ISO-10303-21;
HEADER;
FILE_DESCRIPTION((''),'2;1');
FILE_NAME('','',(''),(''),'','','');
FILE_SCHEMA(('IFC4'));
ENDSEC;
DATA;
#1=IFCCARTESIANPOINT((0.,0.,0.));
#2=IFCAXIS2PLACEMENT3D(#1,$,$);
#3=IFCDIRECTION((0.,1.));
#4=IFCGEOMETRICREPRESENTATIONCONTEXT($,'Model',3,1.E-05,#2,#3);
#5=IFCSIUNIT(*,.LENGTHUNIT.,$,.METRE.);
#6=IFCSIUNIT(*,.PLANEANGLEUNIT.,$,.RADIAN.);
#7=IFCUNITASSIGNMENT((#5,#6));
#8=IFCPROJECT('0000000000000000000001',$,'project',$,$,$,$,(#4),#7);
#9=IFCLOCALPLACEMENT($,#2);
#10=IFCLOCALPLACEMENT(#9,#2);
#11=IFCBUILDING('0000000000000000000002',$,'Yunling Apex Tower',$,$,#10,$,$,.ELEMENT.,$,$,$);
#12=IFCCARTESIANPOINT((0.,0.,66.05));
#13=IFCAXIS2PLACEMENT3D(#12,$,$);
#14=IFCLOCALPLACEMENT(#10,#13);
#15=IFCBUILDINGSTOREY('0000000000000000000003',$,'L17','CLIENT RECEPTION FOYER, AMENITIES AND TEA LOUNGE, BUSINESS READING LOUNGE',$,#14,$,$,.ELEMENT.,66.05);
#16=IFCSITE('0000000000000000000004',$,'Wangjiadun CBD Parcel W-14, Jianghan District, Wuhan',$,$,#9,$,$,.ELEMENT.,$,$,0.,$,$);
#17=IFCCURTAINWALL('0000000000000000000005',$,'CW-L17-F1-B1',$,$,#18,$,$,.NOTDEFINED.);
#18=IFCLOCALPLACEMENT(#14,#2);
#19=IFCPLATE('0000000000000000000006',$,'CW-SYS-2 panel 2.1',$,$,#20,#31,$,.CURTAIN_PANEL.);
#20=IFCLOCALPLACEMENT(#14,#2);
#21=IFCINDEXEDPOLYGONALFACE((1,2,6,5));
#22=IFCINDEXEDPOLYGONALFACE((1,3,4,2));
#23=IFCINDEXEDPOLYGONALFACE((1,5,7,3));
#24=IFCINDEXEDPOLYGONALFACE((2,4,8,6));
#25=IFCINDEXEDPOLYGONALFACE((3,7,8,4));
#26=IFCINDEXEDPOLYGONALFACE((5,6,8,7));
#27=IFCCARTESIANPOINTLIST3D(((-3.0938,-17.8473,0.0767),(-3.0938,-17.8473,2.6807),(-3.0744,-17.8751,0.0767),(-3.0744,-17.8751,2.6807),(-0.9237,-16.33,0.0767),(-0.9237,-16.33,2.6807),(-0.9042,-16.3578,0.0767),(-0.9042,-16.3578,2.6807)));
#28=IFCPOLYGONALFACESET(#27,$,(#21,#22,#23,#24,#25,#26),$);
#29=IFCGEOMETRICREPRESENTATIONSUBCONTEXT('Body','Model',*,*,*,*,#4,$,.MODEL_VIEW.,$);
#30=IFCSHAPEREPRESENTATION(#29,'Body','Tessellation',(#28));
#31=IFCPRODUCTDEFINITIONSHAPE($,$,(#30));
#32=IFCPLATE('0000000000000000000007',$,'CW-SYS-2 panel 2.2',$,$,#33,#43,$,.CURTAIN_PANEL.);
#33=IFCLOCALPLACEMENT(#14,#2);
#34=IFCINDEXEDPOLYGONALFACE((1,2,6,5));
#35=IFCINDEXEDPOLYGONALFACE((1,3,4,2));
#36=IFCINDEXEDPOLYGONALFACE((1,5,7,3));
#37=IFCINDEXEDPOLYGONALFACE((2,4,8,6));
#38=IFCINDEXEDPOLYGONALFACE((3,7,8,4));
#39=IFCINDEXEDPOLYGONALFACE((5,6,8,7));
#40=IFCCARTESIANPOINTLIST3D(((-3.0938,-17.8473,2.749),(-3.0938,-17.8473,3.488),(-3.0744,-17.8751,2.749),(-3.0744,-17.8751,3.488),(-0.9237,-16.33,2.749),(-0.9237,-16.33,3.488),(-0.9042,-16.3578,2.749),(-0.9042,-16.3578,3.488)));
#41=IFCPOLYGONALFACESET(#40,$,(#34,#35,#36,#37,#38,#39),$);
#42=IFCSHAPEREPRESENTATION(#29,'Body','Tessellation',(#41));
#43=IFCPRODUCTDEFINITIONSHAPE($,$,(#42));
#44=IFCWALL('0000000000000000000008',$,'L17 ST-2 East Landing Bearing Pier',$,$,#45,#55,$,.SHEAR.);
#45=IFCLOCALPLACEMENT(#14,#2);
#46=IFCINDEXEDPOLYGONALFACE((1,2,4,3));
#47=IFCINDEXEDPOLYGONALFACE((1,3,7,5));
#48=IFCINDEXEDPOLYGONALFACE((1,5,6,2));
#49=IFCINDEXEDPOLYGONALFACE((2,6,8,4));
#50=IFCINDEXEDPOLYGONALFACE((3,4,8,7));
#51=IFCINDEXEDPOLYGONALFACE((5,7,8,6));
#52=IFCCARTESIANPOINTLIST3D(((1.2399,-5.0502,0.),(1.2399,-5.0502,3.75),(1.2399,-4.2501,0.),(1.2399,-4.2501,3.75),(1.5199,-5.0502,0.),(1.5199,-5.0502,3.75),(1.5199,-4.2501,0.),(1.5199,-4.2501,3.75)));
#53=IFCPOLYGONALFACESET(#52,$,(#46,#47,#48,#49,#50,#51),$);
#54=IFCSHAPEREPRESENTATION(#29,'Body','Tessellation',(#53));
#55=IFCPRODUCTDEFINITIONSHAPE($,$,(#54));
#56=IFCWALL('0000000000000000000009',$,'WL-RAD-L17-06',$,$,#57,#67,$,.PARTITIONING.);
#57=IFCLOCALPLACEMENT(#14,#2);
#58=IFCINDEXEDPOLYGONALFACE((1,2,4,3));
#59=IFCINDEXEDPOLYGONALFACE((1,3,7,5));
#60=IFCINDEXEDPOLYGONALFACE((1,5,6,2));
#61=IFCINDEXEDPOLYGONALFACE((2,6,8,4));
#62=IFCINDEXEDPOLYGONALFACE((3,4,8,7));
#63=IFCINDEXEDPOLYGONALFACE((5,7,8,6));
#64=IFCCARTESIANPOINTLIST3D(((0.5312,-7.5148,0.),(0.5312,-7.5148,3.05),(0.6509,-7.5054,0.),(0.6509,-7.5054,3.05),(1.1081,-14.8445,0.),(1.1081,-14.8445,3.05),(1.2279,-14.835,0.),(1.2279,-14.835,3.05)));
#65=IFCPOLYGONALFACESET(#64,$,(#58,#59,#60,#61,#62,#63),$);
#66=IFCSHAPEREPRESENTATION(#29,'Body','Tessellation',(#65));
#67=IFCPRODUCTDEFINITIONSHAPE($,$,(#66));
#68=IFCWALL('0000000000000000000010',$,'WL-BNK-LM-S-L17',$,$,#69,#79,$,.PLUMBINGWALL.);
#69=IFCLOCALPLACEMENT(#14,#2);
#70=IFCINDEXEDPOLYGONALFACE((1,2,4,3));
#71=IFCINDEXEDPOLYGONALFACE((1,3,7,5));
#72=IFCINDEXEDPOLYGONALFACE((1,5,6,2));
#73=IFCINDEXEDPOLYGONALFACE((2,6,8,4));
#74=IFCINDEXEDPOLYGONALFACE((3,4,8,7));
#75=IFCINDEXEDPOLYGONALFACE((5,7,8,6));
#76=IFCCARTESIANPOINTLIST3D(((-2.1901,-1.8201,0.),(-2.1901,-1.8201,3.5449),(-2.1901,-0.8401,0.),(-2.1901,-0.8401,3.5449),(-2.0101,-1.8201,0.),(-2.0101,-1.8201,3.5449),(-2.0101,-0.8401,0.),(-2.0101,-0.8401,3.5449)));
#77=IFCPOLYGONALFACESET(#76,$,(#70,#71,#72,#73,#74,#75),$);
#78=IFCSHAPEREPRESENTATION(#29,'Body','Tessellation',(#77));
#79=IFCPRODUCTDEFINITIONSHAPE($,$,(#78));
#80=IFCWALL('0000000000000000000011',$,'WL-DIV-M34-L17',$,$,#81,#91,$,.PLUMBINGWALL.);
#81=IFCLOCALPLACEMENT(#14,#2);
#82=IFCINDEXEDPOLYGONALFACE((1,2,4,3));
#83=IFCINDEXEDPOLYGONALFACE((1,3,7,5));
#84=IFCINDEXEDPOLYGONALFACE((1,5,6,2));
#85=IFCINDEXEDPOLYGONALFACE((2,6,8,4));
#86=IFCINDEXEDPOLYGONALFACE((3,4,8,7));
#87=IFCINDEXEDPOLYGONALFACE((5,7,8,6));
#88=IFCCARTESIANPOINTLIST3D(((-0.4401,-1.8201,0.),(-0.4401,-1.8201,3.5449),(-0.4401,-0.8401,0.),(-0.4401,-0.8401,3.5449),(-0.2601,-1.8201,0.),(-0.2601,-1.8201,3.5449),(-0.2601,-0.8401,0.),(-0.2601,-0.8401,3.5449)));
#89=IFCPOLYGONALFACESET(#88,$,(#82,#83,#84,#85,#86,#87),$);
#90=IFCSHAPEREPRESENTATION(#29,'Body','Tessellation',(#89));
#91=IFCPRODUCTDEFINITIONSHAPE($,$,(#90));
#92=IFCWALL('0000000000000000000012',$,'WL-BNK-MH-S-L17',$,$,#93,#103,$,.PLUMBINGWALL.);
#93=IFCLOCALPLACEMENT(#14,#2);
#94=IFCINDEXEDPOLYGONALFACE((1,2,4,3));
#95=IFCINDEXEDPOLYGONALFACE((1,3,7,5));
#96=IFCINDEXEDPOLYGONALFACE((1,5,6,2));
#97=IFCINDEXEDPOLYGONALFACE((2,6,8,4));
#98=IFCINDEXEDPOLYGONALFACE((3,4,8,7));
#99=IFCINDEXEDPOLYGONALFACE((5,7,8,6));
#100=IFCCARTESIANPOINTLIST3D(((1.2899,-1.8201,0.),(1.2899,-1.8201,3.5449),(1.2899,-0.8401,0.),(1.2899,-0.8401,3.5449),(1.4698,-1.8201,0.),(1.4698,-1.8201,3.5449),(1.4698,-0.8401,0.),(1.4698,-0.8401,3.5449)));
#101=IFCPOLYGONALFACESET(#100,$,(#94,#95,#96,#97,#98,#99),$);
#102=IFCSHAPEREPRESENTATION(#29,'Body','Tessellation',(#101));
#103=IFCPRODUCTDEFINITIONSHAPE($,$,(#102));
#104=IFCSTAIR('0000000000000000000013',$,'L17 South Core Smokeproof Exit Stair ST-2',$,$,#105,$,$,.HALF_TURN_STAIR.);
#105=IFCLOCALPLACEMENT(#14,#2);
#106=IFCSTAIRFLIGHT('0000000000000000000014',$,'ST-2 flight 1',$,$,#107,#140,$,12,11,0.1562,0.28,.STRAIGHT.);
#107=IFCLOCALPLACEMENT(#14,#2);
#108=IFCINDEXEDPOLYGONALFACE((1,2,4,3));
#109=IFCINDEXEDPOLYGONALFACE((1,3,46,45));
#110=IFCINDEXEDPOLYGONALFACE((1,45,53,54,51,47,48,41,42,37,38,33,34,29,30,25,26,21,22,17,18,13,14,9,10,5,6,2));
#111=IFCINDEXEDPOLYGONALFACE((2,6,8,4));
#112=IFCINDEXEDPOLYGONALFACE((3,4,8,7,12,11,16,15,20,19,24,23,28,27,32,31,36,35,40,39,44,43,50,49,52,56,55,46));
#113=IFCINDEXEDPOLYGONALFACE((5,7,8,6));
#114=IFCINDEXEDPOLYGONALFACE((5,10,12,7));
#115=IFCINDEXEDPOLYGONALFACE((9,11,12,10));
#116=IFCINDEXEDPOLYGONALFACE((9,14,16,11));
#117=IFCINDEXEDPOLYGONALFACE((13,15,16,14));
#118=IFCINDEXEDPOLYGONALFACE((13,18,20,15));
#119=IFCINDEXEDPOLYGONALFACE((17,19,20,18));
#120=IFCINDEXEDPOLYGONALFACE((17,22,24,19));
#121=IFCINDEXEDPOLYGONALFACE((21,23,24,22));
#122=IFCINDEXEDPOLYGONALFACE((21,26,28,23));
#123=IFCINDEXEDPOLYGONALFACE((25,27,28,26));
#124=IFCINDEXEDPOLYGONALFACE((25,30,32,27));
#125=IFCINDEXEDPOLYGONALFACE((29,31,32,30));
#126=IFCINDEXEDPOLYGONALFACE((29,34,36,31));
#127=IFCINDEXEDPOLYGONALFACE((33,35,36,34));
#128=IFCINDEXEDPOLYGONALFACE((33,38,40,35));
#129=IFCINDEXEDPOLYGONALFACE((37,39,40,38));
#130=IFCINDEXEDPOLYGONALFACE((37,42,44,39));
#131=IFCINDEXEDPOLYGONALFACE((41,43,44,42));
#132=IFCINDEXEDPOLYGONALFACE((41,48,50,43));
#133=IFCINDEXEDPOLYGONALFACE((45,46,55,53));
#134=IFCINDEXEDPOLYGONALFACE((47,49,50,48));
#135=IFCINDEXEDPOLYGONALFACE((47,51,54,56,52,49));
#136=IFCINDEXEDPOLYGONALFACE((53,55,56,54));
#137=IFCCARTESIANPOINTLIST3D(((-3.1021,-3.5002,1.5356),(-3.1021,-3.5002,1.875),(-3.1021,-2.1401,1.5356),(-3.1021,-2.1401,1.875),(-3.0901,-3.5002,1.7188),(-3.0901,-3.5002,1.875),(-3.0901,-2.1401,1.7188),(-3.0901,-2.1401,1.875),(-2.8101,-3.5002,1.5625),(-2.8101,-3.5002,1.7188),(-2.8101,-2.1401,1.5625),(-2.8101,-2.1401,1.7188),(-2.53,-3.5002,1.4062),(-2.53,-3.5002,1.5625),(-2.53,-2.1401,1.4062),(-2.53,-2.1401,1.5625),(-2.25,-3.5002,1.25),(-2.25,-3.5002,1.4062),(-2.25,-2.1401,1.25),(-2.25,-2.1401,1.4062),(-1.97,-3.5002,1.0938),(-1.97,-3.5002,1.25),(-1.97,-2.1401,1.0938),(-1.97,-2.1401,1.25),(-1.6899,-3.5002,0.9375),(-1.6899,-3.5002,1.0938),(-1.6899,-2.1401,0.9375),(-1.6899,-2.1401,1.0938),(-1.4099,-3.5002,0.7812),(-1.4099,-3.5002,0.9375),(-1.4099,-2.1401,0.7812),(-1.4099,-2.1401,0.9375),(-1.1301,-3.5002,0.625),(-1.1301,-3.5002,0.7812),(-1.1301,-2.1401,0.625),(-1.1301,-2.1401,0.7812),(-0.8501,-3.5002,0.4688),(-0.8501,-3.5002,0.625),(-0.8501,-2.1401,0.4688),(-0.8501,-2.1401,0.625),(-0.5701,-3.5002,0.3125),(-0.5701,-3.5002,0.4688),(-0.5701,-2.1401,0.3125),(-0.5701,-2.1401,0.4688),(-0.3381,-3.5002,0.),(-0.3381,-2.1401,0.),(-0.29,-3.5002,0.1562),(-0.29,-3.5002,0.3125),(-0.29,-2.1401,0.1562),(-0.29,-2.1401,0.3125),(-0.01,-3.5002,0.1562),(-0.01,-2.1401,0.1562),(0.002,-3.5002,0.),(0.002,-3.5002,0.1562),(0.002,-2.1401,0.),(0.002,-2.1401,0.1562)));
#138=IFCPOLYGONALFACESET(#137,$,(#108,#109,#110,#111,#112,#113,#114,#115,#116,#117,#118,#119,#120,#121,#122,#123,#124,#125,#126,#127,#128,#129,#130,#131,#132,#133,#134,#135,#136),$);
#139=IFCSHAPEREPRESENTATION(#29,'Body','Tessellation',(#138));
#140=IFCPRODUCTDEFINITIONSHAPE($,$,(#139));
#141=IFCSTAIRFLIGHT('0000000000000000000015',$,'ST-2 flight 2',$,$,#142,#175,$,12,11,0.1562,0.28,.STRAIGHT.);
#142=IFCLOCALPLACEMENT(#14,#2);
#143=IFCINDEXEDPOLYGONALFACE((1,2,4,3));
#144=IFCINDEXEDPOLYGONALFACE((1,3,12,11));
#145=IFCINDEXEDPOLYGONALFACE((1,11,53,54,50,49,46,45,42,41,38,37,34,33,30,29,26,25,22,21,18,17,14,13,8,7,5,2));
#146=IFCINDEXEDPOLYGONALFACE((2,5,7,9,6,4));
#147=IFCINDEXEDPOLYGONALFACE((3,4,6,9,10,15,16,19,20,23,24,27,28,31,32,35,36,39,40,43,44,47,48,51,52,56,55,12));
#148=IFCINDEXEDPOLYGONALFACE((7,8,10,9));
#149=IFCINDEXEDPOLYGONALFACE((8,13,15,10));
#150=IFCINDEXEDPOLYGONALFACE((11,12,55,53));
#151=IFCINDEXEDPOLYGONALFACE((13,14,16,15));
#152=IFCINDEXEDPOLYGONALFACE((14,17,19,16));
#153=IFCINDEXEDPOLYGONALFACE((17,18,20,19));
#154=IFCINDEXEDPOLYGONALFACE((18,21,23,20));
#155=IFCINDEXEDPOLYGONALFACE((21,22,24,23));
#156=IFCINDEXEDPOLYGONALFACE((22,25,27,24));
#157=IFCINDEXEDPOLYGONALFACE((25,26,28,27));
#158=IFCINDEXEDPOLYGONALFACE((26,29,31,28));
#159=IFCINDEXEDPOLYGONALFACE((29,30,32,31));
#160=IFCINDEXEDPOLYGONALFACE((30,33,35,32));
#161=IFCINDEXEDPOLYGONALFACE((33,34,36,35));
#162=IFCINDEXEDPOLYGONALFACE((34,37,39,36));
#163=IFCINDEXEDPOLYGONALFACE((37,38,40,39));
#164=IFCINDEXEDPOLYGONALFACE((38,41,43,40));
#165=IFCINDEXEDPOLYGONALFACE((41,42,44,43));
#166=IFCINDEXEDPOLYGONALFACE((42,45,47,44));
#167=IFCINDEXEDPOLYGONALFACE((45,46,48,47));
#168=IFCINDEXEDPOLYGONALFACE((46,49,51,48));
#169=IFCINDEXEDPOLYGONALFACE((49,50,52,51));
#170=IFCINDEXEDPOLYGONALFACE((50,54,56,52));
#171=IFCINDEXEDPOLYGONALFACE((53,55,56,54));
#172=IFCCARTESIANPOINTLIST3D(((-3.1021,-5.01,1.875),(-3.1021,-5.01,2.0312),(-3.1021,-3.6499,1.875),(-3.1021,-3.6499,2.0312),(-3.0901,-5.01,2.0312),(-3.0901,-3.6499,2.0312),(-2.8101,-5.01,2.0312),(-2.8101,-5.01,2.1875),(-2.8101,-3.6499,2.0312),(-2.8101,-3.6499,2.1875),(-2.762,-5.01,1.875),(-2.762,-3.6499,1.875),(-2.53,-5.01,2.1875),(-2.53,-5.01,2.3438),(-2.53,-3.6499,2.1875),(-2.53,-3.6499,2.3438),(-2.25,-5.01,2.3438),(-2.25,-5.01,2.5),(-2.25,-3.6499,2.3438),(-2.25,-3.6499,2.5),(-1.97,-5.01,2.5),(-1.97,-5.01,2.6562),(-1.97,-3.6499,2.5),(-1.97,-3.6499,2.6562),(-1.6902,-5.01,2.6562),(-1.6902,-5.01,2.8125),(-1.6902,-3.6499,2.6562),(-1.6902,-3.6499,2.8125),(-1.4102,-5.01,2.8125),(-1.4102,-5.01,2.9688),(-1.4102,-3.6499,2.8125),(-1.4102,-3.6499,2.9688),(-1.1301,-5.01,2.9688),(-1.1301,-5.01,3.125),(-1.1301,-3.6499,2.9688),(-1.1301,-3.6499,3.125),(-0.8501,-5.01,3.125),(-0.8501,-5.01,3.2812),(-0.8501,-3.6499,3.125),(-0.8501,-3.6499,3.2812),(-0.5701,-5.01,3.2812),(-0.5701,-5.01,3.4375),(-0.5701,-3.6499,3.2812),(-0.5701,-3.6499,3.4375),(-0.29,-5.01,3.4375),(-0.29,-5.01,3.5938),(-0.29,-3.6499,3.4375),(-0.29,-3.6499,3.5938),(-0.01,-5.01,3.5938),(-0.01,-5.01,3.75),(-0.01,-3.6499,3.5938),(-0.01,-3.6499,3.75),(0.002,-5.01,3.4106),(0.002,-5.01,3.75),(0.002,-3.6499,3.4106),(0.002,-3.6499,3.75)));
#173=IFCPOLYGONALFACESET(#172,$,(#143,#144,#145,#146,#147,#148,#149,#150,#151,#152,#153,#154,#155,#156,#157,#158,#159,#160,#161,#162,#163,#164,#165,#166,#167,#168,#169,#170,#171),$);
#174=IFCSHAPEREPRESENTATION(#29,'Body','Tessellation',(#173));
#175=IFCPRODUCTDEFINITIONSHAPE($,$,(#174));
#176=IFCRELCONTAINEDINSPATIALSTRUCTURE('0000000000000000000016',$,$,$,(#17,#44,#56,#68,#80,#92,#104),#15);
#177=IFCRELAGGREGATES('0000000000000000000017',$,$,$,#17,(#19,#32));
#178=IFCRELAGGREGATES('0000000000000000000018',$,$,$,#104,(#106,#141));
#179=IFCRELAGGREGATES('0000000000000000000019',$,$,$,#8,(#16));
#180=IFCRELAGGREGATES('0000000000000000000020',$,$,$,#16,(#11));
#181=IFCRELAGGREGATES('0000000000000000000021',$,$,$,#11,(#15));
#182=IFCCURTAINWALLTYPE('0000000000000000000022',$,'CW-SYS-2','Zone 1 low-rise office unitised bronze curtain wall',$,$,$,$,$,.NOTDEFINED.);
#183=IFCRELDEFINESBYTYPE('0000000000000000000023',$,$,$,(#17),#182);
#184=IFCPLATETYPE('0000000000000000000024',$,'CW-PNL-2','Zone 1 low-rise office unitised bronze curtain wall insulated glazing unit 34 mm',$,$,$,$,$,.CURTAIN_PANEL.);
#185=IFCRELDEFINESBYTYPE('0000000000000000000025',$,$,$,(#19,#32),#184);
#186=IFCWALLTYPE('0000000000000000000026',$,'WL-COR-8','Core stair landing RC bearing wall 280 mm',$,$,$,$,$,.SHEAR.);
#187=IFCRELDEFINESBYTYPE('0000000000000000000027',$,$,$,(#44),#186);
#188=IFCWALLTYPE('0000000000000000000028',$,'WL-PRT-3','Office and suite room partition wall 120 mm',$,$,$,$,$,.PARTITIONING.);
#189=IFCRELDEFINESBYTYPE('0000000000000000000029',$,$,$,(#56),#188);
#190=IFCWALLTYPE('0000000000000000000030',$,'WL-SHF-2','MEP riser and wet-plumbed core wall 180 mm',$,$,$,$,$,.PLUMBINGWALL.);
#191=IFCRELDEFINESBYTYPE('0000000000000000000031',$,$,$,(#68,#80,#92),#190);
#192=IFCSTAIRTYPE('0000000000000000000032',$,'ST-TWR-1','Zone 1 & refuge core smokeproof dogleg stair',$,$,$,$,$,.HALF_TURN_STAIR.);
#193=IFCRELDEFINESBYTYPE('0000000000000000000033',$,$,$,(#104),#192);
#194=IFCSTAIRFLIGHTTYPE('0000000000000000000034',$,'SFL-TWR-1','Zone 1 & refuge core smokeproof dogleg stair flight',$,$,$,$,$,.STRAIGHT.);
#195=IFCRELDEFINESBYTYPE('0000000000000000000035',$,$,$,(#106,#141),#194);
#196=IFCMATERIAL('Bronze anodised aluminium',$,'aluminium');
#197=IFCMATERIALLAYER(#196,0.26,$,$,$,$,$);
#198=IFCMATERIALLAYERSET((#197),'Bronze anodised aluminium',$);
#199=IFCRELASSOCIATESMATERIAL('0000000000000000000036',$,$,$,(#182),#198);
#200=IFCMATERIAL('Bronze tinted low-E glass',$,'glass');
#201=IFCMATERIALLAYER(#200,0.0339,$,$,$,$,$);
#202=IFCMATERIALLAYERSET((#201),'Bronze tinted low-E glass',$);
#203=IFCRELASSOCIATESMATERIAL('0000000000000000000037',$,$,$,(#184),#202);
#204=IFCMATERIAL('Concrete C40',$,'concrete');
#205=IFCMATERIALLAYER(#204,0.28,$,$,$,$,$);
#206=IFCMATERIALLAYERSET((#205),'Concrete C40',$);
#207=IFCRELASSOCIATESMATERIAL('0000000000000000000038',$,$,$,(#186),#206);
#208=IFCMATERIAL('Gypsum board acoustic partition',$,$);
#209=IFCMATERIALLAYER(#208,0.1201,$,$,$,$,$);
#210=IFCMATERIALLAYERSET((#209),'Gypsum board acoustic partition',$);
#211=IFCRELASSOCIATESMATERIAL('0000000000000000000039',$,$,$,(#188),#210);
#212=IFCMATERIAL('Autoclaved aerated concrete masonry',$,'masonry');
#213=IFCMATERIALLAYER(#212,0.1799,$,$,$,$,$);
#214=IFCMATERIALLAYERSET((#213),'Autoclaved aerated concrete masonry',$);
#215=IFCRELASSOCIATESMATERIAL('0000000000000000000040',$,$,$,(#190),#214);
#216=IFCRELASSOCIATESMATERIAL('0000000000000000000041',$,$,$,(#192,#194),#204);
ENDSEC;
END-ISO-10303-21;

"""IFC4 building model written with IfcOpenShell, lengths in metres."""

from ifc_helpers import new_model, si_unit, direction, frame, frame_2d, origin, origin_2d, place, context, subcontext, project, spatial, polyline, rectangle, outline, extrude, source, transform, mapped, material, layer, layer_set, type_object, element, aggregate, save


model = new_model("IFC4")

# Units and contexts
model_context = context("Model", 3, precision=1e-05, world=origin(), true_north=direction((0.0, 1.0)))
body_context = subcontext(model_context, "Body", "Model", "MODEL_VIEW")
ifc_project = project(units=[si_unit("LENGTHUNIT", "METRE"), si_unit("PLANEANGLEUNIT", "RADIAN")], contexts=[model_context])

# Site, building, storey
site_placement = place(None, origin())
site = spatial("IfcSite", under=ifc_project, at=site_placement, Name="Wangjiadun CBD Parcel W-14, Jianghan District, Wuhan", CompositionType="ELEMENT", RefElevation=0.0)
building_placement = place(site_placement, origin())
building = spatial("IfcBuilding", under=site, at=building_placement, Name="Yunling Apex Tower", CompositionType="ELEMENT")
storey_placement = place(building_placement, frame((0.0, 0.0, 66.05)))
storey = spatial("IfcBuildingStorey", under=building, at=storey_placement, Name="L17", Description="CLIENT RECEPTION FOYER, AMENITIES AND TEA LOUNGE, BUSINESS READING LOUNGE", CompositionType="ELEMENT", Elevation=66.05)

# Curtain wall
ifc_material_1 = material(Name="Bronze anodised aluminium", Category="aluminium")
ifc_layer_1 = layer(ifc_material_1, 0.26)
ifc_layer_set_1 = layer_set([ifc_layer_1], Name="Bronze anodised aluminium")
curtain_wall_type = type_object("IfcCurtainWallType", Name="CW-SYS-2", Description="Zone 1 low-rise office unitised bronze curtain wall", PredefinedType="NOTDEFINED", material=ifc_layer_set_1)
curtain_wall_1_placement = place(storey_placement, origin())
curtain_wall_1 = element("IfcCurtainWall", 1, at=curtain_wall_1_placement, inside=storey, type_object=curtain_wall_type, Name="CW-L17-F1-B1", PredefinedType="NOTDEFINED")

# Shared definitions
ifc_material_2 = material(Name="Concrete C40", Category="concrete")

# Plates
ifc_material_3 = material(Name="Bronze tinted low-E glass", Category="glass")
ifc_layer_2 = layer(ifc_material_3, 0.0339)
ifc_layer_set_2 = layer_set([ifc_layer_2], Name="Bronze tinted low-E glass")
plate_type = type_object("IfcPlateType", Name="CW-PNL-2", Description="Zone 1 low-rise office unitised bronze curtain wall insulated glazing unit 34 mm", PredefinedType="CURTAIN_PANEL", material=ifc_layer_set_2)
shared_shape_1 = source(origin(), body_context, "Body", "SweptSolid", [
    extrude(rectangle(XDim=2.6479, YDim=0.0339, at=origin_2d()), origin(), (0.0, 0.0, 1.0), 2.604),
])
plate_1_placement = place(storey_placement, frame((-1.999, -17.1025, 0.0767), z_axis=(0.0, 0.0, 1.0), x_axis=(0.819552, 0.573004, 0.0)))
plate_1 = element("IfcPlate", 2, at=plate_1_placement, type_object=plate_type, Name="CW-SYS-2 panel 2.1", PredefinedType="CURTAIN_PANEL", context=body_context, shape_type="MappedRepresentation", body=[
    mapped(shared_shape_1, transform((0.0, 0.0, 0.0), scale=1.0)),
])
shared_shape_2 = source(origin(), body_context, "Body", "SweptSolid", [
    extrude(rectangle(XDim=2.6479, YDim=0.0339, at=origin_2d()), origin(), (0.0, 0.0, 1.0), 0.739),
])
plate_2_placement = place(storey_placement, frame((-1.999, -17.1025, 2.749), z_axis=(0.0, 0.0, 1.0), x_axis=(0.819552, 0.573004, 0.0)))
plate_2 = element("IfcPlate", 3, at=plate_2_placement, type_object=plate_type, Name="CW-SYS-2 panel 2.2", PredefinedType="CURTAIN_PANEL", context=body_context, shape_type="MappedRepresentation", body=[
    mapped(shared_shape_2, transform((0.0, 0.0, 0.0), scale=1.0)),
])
aggregate(curtain_wall_1, [plate_1, plate_2])

# Walls
ifc_layer_3 = layer(ifc_material_2, 0.28)
ifc_layer_set_3 = layer_set([ifc_layer_3], Name="Concrete C40")
wall_type_1 = type_object("IfcWallType", Name="WL-COR-8", Description="Core stair landing RC bearing wall 280 mm", PredefinedType="SHEAR", material=ifc_layer_set_3)
wall_1_placement = place(storey_placement, frame((1.3799, -5.05, 0.0), z_axis=(0.0, 0.0, 1.0), x_axis=(0.0, 1.0, 0.0)))
element("IfcWall", 4, at=wall_1_placement, inside=storey, type_object=wall_type_1, Name="L17 ST-2 East Landing Bearing Pier", PredefinedType="SHEAR", context=body_context, shape_type="SweptSolid", body=[
    extrude(rectangle(XDim=0.8, YDim=0.28, at=frame_2d((0.3999, 0.0))), origin(), (0.0, 0.0, 1.0), 3.75),
])
ifc_material_4 = material(Name="Gypsum board acoustic partition")
ifc_layer_4 = layer(ifc_material_4, 0.1201)
ifc_layer_set_4 = layer_set([ifc_layer_4], Name="Gypsum board acoustic partition")
wall_type_2 = type_object("IfcWallType", Name="WL-PRT-3", Description="Office and suite room partition wall 120 mm", PredefinedType="PARTITIONING", material=ifc_layer_set_4)
wall_2_placement = place(storey_placement, frame((0.5911, -7.51, 0.0), z_axis=(0.0, 0.0, 1.0), x_axis=(0.078466, -0.996917, 0.0)))
element("IfcWall", 5, at=wall_2_placement, inside=storey, type_object=wall_type_2, Name="WL-RAD-L17-06", PredefinedType="PARTITIONING", context=body_context, shape_type="SweptSolid", body=[
    extrude(rectangle(XDim=7.3523, YDim=0.1201, at=frame_2d((3.6763, 0.0))), origin(), (0.0, 0.0, 1.0), 3.05),
])

# Shared definitions
ifc_material_5 = material(Name="Autoclaved aerated concrete masonry", Category="masonry")

# Walls
ifc_layer_5 = layer(ifc_material_5, 0.1799)
ifc_layer_set_5 = layer_set([ifc_layer_5], Name="Autoclaved aerated concrete masonry")
wall_type_3 = type_object("IfcWallType", Name="WL-SHF-2", Description="MEP riser and wet-plumbed core wall 180 mm", PredefinedType="PLUMBINGWALL", material=ifc_layer_set_5)
for number, where, z_axis, x_axis, name in (
    (6, (-2.1001, -1.8201, 0.0), (0.0, 0.0, 1.0), (0.0, 1.0, 0.0), "WL-BNK-LM-S-L17"),
    (7, (-0.3501, -1.8201, 0.0), (0.0, 0.0, 1.0), (0.0, 1.0, 0.0), "WL-DIV-M34-L17"),
    (8, (1.3799, -1.8201, 0.0), (0.0, 0.0, 1.0), (0.0, 1.0, 0.0), "WL-BNK-MH-S-L17"),
):
    element("IfcWall", number, at=place(storey_placement, frame(where, z_axis=z_axis, x_axis=x_axis)), inside=storey, type_object=wall_type_3, Name=name, PredefinedType="PLUMBINGWALL", context=body_context, shape_type="SweptSolid", body=[
        extrude(rectangle(XDim=0.98, YDim=0.1799, at=frame_2d((0.49, 0.0))), origin(), (0.0, 0.0, 1.0), 3.5449),
    ])

# Stair, stair flights
stair_type = type_object("IfcStairType", Name="ST-TWR-1", Description="Zone 1 & refuge core smokeproof dogleg stair", PredefinedType="HALF_TURN_STAIR", material=ifc_material_2)
stair_placement = place(storey_placement, origin())
stair = element("IfcStair", 9, at=stair_placement, inside=storey, type_object=stair_type, Name="L17 South Core Smokeproof Exit Stair ST-2", PredefinedType="HALF_TURN_STAIR")
stair_flight_type = type_object("IfcStairFlightType", Name="SFL-TWR-1", Description="Zone 1 & refuge core smokeproof dogleg stair flight", PredefinedType="STRAIGHT", material=ifc_material_2)
stair_flight_1_placement = place(storey_placement, frame((-0.01, -2.8201, 0.0), z_axis=(0.0, 0.0, 1.0), x_axis=(-1.0, 0.0, 0.0)))
stair_flight_1 = element("IfcStairFlight", 10, at=stair_flight_1_placement, type_object=stair_flight_type, Name="ST-2 flight 1", NumberOfRisers=12, NumberOfTreads=11, PredefinedType="STRAIGHT", RiserHeight=0.1562, TreadLength=0.28, context=body_context, shape_type="SweptSolid", body=[
    extrude(outline(polyline([(-0.012, 0.0), (-0.012, 0.1562), (0.0, 0.1562), (0.28, 0.1562), (0.28, 0.3125), (0.5601, 0.3125), (0.5601, 0.4688), (0.8401, 0.4688), (0.8401, 0.625), (1.1201, 0.625), (1.1201, 0.7812), (1.3999, 0.7812), (1.3999, 0.9375), (1.6799, 0.9375), (1.6799, 1.0938), (1.96, 1.0938), (1.96, 1.25), (2.24, 1.25), (2.24, 1.4062), (2.52, 1.4062), (2.52, 1.5625), (2.8, 1.5625), (2.8, 1.7188), (3.0801, 1.7188), (3.0801, 1.875), (3.092, 1.875), (3.092, 1.5356), (0.3281, 0.0), (-0.012, 0.0)])), frame((0.0, 0.6802, 0.0), z_axis=(0.0, -1.0, 0.0), x_axis=(1.0, 0.0, 0.0)), (0.0, 0.0, 1.0), 1.3601),
])
stair_flight_2_placement = place(storey_placement, frame((-3.0901, -4.3301, 1.875), z_axis=(0.0, 0.0, 1.0), x_axis=(1.0, 0.0, 0.0)))
stair_flight_2 = element("IfcStairFlight", 11, at=stair_flight_2_placement, type_object=stair_flight_type, Name="ST-2 flight 2", NumberOfRisers=12, NumberOfTreads=11, PredefinedType="STRAIGHT", RiserHeight=0.1562, TreadLength=0.28, context=body_context, shape_type="SweptSolid", body=[
    extrude(outline(polyline([(-0.012, 0.0), (-0.012, 0.1562), (0.0, 0.1562), (0.28, 0.1562), (0.28, 0.3125), (0.5601, 0.3125), (0.5601, 0.4688), (0.8401, 0.4688), (0.8401, 0.625), (1.1201, 0.625), (1.1201, 0.7812), (1.3999, 0.7812), (1.3999, 0.9375), (1.6799, 0.9375), (1.6799, 1.0938), (1.96, 1.0938), (1.96, 1.25), (2.24, 1.25), (2.24, 1.4062), (2.52, 1.4062), (2.52, 1.5625), (2.8, 1.5625), (2.8, 1.7188), (3.0801, 1.7188), (3.0801, 1.875), (3.092, 1.875), (3.092, 1.5356), (0.3281, 0.0), (-0.012, 0.0)])), frame((0.0, 0.6802, 0.0), z_axis=(0.0, -1.0, 0.0), x_axis=(1.0, 0.0, 0.0)), (0.0, 0.0, 1.0), 1.3601),
])
aggregate(stair, [stair_flight_1, stair_flight_2])

save(model, "model.ifc")
